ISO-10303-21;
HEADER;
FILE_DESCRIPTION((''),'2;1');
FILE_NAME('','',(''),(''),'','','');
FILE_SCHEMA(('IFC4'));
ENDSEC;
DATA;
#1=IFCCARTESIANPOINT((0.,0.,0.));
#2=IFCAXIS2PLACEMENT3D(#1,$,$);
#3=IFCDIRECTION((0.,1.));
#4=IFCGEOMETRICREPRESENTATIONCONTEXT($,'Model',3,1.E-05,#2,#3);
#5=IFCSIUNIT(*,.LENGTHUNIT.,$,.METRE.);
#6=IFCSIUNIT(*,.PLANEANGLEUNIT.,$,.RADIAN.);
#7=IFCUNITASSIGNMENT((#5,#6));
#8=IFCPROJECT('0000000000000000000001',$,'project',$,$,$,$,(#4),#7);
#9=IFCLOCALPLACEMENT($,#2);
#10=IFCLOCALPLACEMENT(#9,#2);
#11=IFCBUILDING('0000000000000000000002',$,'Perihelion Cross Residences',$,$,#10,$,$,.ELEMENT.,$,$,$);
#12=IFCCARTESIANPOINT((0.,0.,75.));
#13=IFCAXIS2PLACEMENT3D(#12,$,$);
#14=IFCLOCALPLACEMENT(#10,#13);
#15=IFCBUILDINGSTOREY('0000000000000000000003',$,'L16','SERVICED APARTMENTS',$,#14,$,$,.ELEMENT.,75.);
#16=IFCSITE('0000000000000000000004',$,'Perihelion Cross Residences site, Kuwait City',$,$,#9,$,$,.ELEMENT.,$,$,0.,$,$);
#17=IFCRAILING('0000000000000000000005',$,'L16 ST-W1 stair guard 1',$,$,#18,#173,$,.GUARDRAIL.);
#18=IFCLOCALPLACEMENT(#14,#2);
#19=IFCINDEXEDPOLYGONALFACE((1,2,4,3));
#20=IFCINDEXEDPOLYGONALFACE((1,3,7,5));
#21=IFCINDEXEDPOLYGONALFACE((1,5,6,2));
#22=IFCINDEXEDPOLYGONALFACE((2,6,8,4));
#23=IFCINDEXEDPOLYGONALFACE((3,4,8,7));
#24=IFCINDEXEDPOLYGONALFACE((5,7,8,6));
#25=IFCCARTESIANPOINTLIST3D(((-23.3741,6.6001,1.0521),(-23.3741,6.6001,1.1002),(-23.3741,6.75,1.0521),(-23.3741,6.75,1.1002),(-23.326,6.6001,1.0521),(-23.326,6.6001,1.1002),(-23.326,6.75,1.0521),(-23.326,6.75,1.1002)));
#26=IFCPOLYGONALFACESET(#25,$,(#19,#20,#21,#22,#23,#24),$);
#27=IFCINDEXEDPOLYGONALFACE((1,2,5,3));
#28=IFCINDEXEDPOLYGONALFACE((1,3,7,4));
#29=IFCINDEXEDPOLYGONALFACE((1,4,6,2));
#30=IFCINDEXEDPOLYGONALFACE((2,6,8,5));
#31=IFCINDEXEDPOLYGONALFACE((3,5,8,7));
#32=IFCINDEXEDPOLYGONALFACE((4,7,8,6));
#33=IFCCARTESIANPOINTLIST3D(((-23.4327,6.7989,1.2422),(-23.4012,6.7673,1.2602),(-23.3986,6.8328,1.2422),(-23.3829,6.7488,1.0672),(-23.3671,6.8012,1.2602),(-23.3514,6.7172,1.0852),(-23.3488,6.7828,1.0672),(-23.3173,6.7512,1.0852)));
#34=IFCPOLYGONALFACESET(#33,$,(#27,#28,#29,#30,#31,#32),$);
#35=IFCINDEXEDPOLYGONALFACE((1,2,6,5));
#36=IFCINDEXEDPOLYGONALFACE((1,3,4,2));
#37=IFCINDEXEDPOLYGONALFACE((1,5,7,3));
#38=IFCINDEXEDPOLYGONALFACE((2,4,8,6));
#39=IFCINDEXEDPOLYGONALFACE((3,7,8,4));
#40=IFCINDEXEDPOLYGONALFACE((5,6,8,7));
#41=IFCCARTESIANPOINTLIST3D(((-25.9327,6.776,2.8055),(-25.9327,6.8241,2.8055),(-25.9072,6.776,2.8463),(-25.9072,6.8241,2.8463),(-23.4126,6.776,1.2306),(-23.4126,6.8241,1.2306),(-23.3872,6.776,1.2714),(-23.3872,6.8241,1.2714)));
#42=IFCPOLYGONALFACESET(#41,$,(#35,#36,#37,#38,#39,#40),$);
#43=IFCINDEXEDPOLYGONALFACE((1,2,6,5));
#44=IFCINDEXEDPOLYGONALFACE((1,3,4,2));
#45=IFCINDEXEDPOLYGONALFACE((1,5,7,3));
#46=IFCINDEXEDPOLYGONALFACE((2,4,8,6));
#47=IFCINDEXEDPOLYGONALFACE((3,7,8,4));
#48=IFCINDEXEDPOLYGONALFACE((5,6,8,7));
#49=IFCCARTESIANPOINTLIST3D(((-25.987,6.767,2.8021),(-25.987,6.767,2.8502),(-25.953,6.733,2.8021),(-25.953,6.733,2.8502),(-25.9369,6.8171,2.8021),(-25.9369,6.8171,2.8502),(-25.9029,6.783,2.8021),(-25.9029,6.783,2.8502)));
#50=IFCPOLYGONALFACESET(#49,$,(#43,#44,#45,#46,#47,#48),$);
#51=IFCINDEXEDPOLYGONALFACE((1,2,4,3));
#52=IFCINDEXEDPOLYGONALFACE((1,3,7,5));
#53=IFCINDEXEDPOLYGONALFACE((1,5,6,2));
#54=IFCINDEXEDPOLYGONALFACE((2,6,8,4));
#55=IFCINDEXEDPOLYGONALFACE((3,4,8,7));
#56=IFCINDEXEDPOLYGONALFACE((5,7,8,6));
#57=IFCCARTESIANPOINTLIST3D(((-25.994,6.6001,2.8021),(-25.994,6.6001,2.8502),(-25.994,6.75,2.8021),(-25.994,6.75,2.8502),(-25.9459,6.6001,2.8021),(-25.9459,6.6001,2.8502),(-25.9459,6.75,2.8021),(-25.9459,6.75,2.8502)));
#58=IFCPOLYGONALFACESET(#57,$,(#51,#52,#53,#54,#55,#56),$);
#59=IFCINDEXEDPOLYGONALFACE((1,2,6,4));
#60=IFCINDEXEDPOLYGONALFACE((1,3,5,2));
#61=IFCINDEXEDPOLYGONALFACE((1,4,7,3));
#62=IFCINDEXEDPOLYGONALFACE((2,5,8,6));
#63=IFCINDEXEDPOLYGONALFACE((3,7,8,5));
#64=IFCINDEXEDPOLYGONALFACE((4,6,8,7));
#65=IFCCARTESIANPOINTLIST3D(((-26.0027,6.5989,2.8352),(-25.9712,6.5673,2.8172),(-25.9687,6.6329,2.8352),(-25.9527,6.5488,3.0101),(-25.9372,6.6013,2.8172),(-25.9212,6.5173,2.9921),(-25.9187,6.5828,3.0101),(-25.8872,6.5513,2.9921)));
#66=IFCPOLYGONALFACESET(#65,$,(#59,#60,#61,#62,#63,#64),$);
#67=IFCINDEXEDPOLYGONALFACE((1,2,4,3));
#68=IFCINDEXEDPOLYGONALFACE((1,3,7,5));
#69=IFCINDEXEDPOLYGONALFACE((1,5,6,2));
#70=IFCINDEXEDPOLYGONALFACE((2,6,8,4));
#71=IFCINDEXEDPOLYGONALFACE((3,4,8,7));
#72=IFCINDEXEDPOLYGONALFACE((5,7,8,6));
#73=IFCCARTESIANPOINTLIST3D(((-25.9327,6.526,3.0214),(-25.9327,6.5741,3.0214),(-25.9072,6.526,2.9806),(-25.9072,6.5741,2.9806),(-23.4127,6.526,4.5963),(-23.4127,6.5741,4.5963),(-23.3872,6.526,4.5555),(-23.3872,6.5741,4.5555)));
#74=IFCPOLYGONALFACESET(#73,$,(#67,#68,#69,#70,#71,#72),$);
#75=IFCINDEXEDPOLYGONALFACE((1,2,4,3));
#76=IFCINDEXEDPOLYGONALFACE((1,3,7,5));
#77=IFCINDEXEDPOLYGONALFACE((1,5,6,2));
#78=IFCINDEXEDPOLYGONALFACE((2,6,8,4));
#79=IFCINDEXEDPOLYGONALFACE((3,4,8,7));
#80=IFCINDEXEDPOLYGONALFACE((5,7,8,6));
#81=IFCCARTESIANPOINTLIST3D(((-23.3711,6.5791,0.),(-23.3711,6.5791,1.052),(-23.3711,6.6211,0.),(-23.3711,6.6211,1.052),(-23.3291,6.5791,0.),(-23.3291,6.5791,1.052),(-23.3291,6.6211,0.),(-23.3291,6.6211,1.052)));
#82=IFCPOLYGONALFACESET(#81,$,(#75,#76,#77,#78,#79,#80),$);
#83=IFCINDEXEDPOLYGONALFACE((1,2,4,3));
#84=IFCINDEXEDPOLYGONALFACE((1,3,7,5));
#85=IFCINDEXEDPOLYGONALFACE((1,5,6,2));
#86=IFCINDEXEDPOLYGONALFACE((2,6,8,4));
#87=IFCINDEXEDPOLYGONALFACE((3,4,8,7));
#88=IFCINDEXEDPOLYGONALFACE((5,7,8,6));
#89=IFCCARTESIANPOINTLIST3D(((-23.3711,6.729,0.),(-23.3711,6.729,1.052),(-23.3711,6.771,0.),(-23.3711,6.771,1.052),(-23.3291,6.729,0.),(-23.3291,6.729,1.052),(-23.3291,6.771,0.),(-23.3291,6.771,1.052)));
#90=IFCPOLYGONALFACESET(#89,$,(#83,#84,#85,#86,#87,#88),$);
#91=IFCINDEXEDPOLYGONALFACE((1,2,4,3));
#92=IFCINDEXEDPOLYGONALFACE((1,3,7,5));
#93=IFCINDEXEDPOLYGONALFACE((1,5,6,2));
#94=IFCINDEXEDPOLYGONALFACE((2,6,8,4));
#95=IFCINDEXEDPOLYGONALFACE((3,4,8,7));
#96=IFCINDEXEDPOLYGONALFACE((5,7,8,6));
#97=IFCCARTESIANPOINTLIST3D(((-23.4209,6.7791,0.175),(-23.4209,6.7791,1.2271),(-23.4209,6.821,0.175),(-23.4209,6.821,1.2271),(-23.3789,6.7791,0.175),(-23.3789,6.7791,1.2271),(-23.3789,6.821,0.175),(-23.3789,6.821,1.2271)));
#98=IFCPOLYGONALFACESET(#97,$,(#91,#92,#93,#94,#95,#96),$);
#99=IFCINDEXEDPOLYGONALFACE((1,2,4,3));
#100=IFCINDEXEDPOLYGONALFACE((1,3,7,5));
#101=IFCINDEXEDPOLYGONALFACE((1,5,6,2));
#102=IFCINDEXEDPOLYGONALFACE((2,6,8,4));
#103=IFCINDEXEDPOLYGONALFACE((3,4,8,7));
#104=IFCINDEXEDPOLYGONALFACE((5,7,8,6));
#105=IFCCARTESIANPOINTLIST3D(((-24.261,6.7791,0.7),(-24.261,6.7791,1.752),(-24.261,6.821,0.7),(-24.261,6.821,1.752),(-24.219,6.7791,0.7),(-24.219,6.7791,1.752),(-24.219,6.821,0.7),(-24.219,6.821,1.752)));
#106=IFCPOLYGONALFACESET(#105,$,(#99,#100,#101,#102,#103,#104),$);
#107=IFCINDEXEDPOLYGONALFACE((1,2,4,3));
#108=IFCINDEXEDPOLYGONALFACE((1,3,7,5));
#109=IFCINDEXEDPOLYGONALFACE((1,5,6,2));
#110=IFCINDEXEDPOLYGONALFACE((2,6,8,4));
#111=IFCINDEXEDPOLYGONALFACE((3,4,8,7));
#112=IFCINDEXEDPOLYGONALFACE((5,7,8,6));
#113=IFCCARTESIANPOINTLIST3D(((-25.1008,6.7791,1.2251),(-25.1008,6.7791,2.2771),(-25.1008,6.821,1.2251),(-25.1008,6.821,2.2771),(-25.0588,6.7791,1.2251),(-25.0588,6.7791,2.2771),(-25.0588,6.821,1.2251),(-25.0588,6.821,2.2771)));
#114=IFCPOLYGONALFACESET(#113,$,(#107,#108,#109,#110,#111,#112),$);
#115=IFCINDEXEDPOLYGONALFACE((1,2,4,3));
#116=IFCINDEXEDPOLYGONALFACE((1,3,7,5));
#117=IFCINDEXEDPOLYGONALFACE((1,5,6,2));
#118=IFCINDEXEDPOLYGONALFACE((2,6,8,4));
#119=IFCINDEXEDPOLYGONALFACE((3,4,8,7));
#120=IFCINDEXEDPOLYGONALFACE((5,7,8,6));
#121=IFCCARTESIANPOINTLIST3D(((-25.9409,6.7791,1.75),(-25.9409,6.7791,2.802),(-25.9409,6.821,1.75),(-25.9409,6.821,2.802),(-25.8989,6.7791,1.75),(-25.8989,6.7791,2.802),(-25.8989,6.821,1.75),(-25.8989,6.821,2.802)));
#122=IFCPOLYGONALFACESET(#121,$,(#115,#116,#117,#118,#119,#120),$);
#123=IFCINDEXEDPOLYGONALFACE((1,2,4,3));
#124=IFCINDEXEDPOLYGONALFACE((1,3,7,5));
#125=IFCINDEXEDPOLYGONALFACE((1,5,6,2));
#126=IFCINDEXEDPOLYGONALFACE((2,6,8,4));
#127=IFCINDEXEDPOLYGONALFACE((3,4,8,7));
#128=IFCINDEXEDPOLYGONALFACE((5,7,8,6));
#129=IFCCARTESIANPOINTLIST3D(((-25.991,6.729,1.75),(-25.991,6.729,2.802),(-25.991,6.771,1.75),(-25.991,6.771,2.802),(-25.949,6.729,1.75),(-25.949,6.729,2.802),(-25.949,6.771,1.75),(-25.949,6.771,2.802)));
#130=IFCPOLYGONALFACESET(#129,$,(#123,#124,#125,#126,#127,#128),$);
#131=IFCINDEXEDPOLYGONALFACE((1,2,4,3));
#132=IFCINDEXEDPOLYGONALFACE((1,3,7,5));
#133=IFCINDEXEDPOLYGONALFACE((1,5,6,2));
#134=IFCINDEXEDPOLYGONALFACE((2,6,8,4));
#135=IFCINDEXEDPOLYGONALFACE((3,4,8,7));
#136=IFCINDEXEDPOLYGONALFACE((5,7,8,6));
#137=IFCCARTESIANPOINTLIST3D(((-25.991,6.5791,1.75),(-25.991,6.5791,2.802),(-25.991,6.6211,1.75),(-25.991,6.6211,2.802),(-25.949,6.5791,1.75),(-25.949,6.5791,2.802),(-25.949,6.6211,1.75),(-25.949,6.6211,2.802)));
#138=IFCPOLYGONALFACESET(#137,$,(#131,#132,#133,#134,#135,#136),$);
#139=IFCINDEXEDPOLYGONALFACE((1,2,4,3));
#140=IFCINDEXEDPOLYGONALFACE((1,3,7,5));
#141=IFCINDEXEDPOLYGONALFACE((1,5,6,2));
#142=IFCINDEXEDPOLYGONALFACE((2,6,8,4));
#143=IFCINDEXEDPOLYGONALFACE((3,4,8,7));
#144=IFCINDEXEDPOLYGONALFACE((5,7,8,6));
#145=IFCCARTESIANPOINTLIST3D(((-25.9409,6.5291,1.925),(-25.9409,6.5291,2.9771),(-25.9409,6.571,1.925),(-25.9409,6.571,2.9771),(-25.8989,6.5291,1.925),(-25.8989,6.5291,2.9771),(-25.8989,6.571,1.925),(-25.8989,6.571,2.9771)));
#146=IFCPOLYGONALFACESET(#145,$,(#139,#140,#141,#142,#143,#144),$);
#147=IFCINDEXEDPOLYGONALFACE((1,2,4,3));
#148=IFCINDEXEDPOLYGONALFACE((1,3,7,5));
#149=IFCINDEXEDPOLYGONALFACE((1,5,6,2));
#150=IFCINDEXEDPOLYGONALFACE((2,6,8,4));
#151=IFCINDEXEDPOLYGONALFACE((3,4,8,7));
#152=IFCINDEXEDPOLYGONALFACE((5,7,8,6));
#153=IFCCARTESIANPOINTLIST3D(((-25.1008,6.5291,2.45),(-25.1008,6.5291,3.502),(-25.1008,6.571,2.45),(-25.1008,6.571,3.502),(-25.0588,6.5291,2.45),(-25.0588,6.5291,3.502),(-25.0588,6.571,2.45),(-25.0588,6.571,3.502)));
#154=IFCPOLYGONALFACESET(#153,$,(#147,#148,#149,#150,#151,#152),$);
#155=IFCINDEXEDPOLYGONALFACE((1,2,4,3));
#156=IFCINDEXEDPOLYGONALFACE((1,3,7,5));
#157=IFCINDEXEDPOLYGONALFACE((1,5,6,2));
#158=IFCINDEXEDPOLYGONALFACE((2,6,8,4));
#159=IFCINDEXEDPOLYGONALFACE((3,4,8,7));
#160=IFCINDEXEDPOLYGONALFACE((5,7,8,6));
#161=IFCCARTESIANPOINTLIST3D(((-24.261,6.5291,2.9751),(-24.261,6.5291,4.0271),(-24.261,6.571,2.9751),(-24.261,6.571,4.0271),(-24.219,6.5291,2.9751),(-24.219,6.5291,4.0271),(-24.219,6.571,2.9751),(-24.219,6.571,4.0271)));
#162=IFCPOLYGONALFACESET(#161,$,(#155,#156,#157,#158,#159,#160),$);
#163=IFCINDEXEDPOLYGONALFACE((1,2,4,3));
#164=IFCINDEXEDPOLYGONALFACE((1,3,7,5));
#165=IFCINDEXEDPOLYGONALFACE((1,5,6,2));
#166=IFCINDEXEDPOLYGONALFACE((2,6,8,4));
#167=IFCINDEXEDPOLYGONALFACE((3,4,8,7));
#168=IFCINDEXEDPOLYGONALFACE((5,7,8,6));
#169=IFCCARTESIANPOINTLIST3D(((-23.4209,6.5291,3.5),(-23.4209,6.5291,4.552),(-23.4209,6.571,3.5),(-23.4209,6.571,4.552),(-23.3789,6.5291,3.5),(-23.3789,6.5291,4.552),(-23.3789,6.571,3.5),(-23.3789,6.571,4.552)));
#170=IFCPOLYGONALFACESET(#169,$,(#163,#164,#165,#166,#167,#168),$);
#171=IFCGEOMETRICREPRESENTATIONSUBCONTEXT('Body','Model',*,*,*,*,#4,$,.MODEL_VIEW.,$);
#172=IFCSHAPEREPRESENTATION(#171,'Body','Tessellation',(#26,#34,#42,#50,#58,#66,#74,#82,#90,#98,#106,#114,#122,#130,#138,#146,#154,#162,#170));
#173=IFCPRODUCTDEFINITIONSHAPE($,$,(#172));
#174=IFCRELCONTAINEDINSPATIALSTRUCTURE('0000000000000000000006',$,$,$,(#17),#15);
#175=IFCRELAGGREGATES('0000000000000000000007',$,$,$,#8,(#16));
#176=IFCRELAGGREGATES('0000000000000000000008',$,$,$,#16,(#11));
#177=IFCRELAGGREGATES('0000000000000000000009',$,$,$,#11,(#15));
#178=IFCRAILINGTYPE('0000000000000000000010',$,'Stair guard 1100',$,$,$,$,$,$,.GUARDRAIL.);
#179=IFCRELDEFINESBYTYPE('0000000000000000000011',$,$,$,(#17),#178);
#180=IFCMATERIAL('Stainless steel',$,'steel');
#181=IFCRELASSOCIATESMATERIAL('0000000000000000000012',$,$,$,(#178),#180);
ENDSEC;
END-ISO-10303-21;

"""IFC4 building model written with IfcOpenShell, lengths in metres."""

from ifc_helpers import new_model, si_unit, direction, frame, origin, origin_2d, place, context, subcontext, project, spatial, rectangle, extrude, material, type_object, element, save


model = new_model("IFC4")

# Units and contexts
model_context = context("Model", 3, precision=1e-05, world=origin(), true_north=direction((0.0, 1.0)))
body_context = subcontext(model_context, "Body", "Model", "MODEL_VIEW")
ifc_project = project(units=[si_unit("LENGTHUNIT", "METRE"), si_unit("PLANEANGLEUNIT", "RADIAN")], contexts=[model_context])

# Site, building, storey
site_placement = place(None, origin())
site = spatial("IfcSite", under=ifc_project, at=site_placement, Name="Perihelion Cross Residences site, Kuwait City", CompositionType="ELEMENT", RefElevation=0.0)
building_placement = place(site_placement, origin())
building = spatial("IfcBuilding", under=site, at=building_placement, Name="Perihelion Cross Residences", CompositionType="ELEMENT")
storey_placement = place(building_placement, frame((0.0, 0.0, 75.0)))
storey = spatial("IfcBuildingStorey", under=building, at=storey_placement, Name="L16", Description="SERVICED APARTMENTS", CompositionType="ELEMENT", Elevation=75.0)

# Railing
ifc_material_1 = material(Name="Stainless steel", Category="steel")
railing_type_1 = type_object("IfcRailingType", Name="Stair guard 1100", PredefinedType="GUARDRAIL", material=ifc_material_1)
railing_1_placement = place(storey_placement, frame((-23.3501, 6.6001, 0.0)))
element("IfcRailing", 1, at=railing_1_placement, inside=storey, type_object=railing_type_1, Name="L16 ST-W1 stair guard 1", PredefinedType="GUARDRAIL", context=body_context, shape_type="SweptSolid", body=[
    extrude(rectangle(XDim=0.0481, YDim=0.0481, at=origin_2d()), frame((0.0, 0.0, 1.0762), z_axis=(0.0, 1.0, 0.0), x_axis=(-1.0, 0.0, 0.0)), (0.0, 0.0, 1.0), 0.1499),
    extrude(rectangle(XDim=0.0481, YDim=0.0481, at=origin_2d()), frame((0.0, 0.1499, 1.0762), z_axis=(-0.263862, 0.265156, 0.927399), x_axis=(-0.708834, -0.705376, 0.0)), (0.0, 0.0, 1.0), 0.1887),
    extrude(rectangle(XDim=0.0481, YDim=0.0481, at=origin_2d()), frame((-0.0498, 0.2, 1.251), z_axis=(-0.848008, 0.0, 0.529984), x_axis=(0.0, -1.0, 0.0)), (0.0, 0.0, 1.0), 2.9717),
    extrude(rectangle(XDim=0.0481, YDim=0.0481, at=origin_2d()), frame((-2.5698, 0.2, 2.8262), z_axis=(-0.707107, -0.707107, 0.0), x_axis=(0.707107, -0.707107, 0.0)), (0.0, 0.0, 1.0), 0.0708),
    extrude(rectangle(XDim=0.0481, YDim=0.0481, at=origin_2d()), frame((-2.6199, 0.1499, 2.8262), z_axis=(0.0, -1.0, 0.0), x_axis=(1.0, 0.0, 0.0)), (0.0, 0.0, 1.0), 0.1499),
    extrude(rectangle(XDim=0.0481, YDim=0.0481, at=origin_2d()), frame((-2.6199, 0.0, 2.8262), z_axis=(0.265065, -0.265065, 0.927082), x_axis=(0.707107, 0.707107, 0.0)), (0.0, 0.0, 1.0), 0.1887),
    extrude(rectangle(XDim=0.0481, YDim=0.0481, at=origin_2d()), frame((-2.5698, -0.05, 3.001), z_axis=(0.848008, 0.0, 0.529984), x_axis=(0.0, 1.0, 0.0)), (0.0, 0.0, 1.0), 2.9717),
    extrude(rectangle(XDim=0.042, YDim=0.042, at=origin_2d()), origin(), (0.0, 0.0, 1.0), 1.052),
    extrude(rectangle(XDim=0.042, YDim=0.042, at=origin_2d()), frame((0.0, 0.1499, 0.0)), (0.0, 0.0, 1.0), 1.052),
    extrude(rectangle(XDim=0.042, YDim=0.042, at=origin_2d()), frame((-0.0498, 0.2, 0.175)), (0.0, 0.0, 1.0), 1.052),
    extrude(rectangle(XDim=0.042, YDim=0.042, at=origin_2d()), frame((-0.8899, 0.2, 0.7)), (0.0, 0.0, 1.0), 1.052),
    extrude(rectangle(XDim=0.042, YDim=0.042, at=origin_2d()), frame((-1.7297, 0.2, 1.2251)), (0.0, 0.0, 1.0), 1.052),
    extrude(rectangle(XDim=0.042, YDim=0.042, at=origin_2d()), frame((-2.5698, 0.2, 1.75)), (0.0, 0.0, 1.0), 1.052),
    extrude(rectangle(XDim=0.042, YDim=0.042, at=origin_2d()), frame((-2.6199, 0.1499, 1.75)), (0.0, 0.0, 1.0), 1.052),
    extrude(rectangle(XDim=0.042, YDim=0.042, at=origin_2d()), frame((-2.6199, 0.0, 1.75)), (0.0, 0.0, 1.0), 1.052),
    extrude(rectangle(XDim=0.042, YDim=0.042, at=origin_2d()), frame((-2.5698, -0.05, 1.925)), (0.0, 0.0, 1.0), 1.052),
    extrude(rectangle(XDim=0.042, YDim=0.042, at=origin_2d()), frame((-1.7297, -0.05, 2.45)), (0.0, 0.0, 1.0), 1.052),
    extrude(rectangle(XDim=0.042, YDim=0.042, at=origin_2d()), frame((-0.8899, -0.05, 2.9751)), (0.0, 0.0, 1.0), 1.052),
    extrude(rectangle(XDim=0.042, YDim=0.042, at=origin_2d()), frame((-0.0498, -0.05, 3.5)), (0.0, 0.0, 1.0), 1.052),
])

save(model, "model.ifc")
